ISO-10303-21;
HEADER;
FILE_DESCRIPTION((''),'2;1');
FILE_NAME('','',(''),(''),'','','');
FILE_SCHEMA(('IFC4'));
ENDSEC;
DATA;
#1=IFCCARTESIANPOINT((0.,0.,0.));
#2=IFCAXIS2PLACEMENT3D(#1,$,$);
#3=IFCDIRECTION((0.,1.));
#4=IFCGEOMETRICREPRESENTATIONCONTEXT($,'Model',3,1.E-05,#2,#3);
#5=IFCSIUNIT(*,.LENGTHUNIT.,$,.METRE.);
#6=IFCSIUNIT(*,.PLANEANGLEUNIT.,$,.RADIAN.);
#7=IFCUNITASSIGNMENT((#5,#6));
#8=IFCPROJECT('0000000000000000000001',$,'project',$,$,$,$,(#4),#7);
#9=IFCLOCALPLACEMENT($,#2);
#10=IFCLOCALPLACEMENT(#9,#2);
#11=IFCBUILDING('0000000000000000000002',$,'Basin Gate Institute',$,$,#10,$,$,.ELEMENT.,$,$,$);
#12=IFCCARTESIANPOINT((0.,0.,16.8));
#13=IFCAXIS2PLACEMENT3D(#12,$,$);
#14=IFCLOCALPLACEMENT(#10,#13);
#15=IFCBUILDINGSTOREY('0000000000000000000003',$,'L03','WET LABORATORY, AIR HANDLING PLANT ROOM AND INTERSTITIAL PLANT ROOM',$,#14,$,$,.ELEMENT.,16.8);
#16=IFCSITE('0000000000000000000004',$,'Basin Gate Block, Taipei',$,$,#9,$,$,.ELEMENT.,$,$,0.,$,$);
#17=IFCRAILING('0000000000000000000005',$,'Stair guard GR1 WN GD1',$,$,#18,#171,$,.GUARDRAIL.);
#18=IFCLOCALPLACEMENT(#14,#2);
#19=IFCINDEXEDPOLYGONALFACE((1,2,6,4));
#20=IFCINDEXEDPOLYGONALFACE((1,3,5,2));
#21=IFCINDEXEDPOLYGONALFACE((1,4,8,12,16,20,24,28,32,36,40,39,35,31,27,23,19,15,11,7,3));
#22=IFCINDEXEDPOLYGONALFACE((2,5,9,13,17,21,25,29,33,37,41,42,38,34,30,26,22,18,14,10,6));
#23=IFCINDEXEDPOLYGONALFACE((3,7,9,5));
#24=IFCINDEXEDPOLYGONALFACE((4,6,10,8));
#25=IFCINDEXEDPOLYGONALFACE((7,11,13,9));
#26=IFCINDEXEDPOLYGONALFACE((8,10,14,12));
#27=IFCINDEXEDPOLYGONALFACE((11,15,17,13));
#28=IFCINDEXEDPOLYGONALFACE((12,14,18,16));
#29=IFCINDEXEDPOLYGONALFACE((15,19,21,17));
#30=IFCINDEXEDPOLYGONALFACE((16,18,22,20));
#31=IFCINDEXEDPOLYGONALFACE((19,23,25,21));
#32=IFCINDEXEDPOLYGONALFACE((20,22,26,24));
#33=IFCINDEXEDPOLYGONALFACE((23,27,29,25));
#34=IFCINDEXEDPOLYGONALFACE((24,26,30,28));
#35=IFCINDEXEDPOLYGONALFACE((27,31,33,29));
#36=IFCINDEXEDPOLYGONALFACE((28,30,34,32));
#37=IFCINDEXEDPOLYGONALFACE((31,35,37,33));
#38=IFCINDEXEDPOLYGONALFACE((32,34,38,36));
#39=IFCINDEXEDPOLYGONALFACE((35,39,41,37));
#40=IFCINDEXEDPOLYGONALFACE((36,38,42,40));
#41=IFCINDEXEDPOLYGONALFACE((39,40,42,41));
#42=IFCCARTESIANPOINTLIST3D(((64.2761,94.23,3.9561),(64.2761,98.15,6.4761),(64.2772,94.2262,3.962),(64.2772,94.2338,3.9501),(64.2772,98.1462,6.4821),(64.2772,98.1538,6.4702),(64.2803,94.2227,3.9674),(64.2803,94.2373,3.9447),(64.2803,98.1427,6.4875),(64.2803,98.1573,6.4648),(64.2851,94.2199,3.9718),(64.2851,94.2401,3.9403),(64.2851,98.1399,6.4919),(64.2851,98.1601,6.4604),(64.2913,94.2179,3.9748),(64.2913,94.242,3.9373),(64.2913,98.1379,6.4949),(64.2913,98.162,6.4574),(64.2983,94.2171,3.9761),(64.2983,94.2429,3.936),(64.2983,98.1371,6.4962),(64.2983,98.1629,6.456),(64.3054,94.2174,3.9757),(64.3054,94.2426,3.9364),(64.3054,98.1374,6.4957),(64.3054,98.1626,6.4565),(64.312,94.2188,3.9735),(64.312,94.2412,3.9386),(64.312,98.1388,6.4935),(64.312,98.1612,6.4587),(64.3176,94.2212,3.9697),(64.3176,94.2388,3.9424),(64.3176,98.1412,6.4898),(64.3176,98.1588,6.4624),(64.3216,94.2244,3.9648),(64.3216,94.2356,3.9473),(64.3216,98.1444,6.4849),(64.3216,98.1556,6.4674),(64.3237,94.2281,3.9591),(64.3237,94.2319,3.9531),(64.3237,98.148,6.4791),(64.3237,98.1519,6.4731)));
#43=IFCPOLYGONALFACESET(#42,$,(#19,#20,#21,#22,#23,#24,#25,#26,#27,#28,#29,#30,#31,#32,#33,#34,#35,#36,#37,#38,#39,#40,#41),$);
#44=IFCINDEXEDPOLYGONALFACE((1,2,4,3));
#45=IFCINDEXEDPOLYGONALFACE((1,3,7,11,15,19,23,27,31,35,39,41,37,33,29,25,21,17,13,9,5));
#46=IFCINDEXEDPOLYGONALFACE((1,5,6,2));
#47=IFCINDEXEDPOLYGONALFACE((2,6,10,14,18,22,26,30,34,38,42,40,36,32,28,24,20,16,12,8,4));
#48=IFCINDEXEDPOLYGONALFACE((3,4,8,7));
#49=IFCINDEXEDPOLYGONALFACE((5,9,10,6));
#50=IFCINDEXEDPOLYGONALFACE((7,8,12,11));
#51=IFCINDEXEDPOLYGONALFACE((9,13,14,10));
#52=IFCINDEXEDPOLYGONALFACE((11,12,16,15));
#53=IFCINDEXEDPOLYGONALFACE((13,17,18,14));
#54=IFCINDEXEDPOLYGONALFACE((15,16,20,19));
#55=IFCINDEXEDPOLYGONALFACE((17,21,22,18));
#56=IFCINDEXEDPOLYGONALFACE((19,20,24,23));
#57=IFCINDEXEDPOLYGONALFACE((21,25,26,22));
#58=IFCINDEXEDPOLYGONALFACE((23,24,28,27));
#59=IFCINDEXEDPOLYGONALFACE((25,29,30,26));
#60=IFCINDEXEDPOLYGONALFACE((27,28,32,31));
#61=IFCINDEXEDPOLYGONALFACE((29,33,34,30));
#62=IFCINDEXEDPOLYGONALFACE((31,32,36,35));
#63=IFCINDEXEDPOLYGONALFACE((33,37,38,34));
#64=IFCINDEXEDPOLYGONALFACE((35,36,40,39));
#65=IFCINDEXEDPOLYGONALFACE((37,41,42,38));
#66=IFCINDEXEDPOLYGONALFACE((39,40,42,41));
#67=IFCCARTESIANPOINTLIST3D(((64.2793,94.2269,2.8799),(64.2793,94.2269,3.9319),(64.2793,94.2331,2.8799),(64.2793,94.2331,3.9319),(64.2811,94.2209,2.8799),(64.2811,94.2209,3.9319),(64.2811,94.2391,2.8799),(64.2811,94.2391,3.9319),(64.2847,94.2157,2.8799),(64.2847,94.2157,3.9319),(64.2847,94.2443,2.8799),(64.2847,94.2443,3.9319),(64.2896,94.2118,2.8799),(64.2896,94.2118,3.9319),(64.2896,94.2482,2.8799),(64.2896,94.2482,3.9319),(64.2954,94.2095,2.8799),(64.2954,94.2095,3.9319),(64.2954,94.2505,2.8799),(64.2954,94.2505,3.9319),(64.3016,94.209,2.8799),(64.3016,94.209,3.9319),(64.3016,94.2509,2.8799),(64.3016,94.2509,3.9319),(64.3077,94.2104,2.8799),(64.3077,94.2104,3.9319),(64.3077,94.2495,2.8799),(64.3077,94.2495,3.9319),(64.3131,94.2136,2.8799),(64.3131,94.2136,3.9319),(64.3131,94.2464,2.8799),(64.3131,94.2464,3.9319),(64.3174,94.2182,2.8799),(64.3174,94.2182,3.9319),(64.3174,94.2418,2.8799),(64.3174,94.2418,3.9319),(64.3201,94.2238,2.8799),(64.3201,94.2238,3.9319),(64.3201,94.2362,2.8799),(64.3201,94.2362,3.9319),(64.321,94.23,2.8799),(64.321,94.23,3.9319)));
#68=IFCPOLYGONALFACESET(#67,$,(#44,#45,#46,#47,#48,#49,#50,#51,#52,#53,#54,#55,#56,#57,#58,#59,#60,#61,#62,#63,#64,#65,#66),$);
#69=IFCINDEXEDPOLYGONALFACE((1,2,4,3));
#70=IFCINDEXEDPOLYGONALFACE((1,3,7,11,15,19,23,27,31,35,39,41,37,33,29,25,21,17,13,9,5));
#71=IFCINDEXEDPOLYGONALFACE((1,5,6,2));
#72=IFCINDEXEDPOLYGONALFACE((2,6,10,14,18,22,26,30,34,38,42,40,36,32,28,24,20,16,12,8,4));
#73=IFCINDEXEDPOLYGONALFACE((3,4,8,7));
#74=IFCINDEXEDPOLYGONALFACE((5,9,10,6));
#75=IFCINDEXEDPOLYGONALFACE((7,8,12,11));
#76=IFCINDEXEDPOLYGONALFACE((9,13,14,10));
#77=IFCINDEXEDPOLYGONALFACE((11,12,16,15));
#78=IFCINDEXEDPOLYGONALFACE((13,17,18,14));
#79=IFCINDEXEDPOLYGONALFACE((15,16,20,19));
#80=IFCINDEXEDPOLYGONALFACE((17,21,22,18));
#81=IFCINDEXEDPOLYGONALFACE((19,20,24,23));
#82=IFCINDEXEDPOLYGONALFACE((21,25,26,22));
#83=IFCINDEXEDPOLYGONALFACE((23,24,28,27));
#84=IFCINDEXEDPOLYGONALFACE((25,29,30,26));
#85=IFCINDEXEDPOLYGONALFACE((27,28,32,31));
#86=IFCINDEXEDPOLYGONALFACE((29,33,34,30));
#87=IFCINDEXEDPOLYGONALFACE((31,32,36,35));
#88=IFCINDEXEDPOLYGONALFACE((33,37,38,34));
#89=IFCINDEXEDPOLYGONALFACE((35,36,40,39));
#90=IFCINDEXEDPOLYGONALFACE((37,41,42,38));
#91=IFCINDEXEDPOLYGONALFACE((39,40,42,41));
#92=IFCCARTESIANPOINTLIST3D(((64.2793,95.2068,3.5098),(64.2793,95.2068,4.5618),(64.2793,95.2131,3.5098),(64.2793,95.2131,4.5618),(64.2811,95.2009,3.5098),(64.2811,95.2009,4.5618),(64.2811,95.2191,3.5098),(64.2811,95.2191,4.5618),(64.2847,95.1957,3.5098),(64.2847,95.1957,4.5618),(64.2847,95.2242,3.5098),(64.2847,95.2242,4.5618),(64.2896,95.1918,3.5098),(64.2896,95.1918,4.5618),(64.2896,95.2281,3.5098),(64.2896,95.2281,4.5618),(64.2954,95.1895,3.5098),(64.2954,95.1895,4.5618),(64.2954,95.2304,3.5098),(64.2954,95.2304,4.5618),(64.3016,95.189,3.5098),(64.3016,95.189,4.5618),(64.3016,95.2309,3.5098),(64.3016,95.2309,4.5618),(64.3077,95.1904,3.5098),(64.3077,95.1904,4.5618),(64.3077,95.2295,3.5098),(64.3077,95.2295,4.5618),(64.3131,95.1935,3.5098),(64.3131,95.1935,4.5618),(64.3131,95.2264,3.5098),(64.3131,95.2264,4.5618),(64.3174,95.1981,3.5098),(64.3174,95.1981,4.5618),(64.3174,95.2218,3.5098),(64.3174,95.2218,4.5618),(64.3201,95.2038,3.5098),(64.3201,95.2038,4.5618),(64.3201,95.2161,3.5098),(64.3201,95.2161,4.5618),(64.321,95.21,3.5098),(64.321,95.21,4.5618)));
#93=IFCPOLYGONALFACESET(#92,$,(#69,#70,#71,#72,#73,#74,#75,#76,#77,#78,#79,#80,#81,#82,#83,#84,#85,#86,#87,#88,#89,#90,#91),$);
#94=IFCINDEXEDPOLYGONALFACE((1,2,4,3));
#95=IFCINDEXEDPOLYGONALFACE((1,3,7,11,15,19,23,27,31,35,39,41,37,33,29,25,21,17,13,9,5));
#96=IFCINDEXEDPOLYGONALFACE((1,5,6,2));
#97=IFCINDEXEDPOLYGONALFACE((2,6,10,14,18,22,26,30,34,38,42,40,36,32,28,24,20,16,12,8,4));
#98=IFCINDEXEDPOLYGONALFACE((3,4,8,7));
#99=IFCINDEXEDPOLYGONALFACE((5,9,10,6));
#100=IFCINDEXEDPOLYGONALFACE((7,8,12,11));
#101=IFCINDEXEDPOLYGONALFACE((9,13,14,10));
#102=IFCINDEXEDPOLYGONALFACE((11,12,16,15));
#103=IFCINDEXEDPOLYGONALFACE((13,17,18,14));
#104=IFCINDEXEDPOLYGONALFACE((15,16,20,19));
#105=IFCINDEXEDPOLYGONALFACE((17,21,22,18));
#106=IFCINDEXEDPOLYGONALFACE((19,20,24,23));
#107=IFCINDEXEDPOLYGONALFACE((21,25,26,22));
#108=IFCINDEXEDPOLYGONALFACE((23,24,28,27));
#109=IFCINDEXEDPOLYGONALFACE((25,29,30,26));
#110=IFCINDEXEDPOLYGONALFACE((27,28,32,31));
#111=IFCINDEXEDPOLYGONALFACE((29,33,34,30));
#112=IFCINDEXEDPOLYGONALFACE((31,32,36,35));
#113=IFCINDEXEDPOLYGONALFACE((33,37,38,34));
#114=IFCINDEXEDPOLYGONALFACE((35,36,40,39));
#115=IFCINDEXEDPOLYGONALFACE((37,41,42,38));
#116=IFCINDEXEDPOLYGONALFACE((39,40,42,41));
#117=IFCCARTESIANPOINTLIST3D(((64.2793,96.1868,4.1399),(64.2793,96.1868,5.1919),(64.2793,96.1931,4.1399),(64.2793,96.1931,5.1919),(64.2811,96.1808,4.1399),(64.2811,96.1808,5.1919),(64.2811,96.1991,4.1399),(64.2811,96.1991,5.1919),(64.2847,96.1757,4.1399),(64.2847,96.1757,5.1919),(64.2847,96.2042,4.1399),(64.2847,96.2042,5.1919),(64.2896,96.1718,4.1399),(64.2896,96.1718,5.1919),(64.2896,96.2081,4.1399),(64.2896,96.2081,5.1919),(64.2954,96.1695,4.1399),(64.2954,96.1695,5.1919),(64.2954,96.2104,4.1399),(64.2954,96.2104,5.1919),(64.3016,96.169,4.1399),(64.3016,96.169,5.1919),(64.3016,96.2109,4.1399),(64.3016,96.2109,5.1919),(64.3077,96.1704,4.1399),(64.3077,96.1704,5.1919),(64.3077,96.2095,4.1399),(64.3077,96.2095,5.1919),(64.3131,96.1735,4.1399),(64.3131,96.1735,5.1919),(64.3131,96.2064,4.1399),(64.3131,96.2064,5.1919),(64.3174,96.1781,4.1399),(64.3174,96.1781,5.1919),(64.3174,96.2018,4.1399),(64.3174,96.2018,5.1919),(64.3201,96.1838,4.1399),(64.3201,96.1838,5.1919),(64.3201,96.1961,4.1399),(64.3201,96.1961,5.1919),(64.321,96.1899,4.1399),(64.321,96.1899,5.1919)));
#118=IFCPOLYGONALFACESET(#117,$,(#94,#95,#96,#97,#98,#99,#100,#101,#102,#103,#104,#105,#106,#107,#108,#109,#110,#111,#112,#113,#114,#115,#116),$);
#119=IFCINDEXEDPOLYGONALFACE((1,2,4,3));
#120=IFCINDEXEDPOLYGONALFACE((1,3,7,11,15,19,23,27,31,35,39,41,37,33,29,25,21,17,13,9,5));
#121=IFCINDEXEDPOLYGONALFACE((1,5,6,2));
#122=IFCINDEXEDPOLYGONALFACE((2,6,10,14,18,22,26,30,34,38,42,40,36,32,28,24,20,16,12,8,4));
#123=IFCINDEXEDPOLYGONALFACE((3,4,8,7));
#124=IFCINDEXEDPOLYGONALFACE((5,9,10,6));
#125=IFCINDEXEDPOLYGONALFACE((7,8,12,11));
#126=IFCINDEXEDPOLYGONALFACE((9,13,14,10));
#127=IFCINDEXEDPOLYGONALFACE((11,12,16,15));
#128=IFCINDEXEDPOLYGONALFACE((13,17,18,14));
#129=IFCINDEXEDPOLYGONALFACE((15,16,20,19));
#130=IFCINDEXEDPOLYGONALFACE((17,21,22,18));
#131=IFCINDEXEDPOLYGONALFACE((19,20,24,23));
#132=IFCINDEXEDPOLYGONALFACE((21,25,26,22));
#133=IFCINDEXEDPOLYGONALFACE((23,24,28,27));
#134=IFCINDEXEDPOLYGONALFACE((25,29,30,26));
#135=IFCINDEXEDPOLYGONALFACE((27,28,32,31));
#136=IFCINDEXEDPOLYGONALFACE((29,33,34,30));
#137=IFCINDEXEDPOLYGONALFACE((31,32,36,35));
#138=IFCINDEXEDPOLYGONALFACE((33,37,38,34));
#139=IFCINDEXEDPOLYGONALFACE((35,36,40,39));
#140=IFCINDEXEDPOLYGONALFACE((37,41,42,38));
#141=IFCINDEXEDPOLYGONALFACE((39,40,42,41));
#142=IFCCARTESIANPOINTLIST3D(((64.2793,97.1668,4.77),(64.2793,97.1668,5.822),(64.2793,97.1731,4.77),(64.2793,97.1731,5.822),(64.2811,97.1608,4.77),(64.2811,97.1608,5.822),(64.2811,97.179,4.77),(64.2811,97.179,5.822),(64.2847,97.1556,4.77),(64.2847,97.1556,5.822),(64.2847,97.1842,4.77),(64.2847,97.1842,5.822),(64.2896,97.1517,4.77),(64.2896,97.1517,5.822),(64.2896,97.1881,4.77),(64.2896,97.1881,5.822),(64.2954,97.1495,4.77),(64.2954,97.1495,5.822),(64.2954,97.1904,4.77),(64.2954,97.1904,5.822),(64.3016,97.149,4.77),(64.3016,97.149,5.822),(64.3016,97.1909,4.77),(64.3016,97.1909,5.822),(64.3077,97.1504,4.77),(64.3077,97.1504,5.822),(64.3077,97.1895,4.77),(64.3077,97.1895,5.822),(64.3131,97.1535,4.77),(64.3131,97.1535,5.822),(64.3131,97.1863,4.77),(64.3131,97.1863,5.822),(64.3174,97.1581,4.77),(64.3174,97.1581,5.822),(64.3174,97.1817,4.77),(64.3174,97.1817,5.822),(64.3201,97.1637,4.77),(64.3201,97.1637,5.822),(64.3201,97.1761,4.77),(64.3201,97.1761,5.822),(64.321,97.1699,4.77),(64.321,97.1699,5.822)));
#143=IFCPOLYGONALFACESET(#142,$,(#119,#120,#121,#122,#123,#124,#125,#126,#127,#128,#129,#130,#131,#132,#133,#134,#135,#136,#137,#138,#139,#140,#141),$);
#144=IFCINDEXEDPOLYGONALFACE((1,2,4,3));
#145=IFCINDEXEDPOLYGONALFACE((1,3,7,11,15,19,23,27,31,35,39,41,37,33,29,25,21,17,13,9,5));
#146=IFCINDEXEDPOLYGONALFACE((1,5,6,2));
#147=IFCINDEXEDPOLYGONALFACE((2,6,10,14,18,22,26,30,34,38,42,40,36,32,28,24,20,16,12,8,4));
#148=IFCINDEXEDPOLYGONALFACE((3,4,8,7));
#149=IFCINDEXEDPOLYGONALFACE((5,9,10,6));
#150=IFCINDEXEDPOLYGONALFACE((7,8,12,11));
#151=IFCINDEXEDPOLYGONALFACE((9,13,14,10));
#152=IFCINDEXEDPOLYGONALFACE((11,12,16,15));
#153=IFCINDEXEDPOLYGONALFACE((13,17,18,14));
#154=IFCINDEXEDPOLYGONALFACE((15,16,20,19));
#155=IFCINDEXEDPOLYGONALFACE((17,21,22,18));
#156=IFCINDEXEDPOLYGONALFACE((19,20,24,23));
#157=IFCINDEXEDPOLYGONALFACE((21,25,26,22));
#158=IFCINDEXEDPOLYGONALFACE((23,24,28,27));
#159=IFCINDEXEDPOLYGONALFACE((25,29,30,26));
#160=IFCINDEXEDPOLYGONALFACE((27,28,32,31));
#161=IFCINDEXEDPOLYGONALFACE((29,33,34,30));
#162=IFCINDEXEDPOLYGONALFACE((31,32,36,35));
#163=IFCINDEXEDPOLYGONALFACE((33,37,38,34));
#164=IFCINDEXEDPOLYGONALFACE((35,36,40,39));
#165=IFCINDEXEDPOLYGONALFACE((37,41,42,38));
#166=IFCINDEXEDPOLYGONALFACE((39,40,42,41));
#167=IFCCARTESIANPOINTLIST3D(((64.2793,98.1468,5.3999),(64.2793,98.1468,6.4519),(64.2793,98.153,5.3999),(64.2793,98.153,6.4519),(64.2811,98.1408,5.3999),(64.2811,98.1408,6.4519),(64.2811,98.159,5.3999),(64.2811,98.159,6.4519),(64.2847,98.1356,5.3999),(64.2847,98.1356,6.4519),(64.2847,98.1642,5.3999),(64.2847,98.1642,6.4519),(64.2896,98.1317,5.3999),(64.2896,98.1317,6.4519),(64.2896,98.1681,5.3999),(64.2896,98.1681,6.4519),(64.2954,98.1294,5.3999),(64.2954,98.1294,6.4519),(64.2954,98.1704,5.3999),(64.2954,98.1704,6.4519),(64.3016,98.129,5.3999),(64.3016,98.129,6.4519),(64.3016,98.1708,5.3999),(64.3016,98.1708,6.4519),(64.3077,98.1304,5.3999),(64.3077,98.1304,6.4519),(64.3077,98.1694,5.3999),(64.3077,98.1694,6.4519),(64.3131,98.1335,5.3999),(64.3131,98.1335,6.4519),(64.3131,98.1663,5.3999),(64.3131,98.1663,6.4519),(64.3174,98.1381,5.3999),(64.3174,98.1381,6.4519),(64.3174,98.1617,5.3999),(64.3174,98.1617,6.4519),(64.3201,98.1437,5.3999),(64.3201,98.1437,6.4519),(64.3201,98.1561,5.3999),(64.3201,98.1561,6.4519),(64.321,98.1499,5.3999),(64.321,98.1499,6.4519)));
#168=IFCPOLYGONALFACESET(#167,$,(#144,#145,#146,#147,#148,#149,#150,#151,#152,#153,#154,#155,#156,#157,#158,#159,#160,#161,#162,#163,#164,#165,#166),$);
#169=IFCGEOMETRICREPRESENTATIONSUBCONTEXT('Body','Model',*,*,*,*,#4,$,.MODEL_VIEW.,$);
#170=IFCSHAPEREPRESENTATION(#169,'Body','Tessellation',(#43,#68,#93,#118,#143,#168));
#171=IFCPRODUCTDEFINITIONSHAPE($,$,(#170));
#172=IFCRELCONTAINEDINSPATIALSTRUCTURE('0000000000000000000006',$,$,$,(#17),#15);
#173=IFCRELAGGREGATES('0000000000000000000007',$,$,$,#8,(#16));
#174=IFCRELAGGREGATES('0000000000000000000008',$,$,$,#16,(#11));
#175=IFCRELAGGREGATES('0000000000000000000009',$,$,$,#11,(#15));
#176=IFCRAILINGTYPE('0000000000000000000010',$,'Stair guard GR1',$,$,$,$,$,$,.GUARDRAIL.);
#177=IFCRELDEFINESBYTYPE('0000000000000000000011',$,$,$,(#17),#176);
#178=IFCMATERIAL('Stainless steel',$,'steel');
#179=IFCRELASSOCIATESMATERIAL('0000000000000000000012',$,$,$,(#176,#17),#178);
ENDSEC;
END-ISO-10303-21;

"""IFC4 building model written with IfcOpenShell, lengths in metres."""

from ifc_helpers import new_model, si_unit, direction, frame, origin, origin_2d, place, context, subcontext, project, spatial, circle, extrude, material, type_object, element, save


model = new_model("IFC4")

# Units and contexts
model_context = context("Model", 3, precision=1e-05, world=origin(), true_north=direction((0.0, 1.0)))
body_context = subcontext(model_context, "Body", "Model", "MODEL_VIEW")
ifc_project = project(units=[si_unit("LENGTHUNIT", "METRE"), si_unit("PLANEANGLEUNIT", "RADIAN")], contexts=[model_context])

# Site, building, storey
site_placement = place(None, origin())
site = spatial("IfcSite", under=ifc_project, at=site_placement, Name="Basin Gate Block, Taipei", CompositionType="ELEMENT", RefElevation=0.0)
building_placement = place(site_placement, origin())
building = spatial("IfcBuilding", under=site, at=building_placement, Name="Basin Gate Institute", CompositionType="ELEMENT")
storey_placement = place(building_placement, frame((0.0, 0.0, 16.8)))
storey = spatial("IfcBuildingStorey", under=building, at=storey_placement, Name="L03", Description="WET LABORATORY, AIR HANDLING PLANT ROOM AND INTERSTITIAL PLANT ROOM", CompositionType="ELEMENT", Elevation=16.8)

# Railing
ifc_material_1 = material(Name="Stainless steel", Category="steel")
railing_type_1 = type_object("IfcRailingType", Name="Stair guard GR1", PredefinedType="GUARDRAIL", material=ifc_material_1)
railing_1_placement = place(storey_placement, frame((64.3, 94.23, 2.8799)))
element("IfcRailing", 1, at=railing_1_placement, inside=storey, type_object=railing_type_1, material=ifc_material_1, Name="Stair guard GR1 WN GD1", PredefinedType="GUARDRAIL", context=body_context, shape_type="SweptSolid", body=[
    extrude(circle(Radius=0.0239, at=origin_2d()), frame((0.0, 0.0, 1.0762), z_axis=(0.0, 0.841172, 0.540768), x_axis=(-1.0, 0.0, 0.0)), (0.0, 0.0, 1.0), 4.6602),
    extrude(circle(Radius=0.021, at=origin_2d()), origin(), (0.0, 0.0, 1.0), 1.052),
    extrude(circle(Radius=0.021, at=origin_2d()), frame((0.0, 0.98, 0.6299)), (0.0, 0.0, 1.0), 1.052),
    extrude(circle(Radius=0.021, at=origin_2d()), frame((0.0, 1.96, 1.26)), (0.0, 0.0, 1.0), 1.052),
    extrude(circle(Radius=0.021, at=origin_2d()), frame((0.0, 2.9399, 1.8901)), (0.0, 0.0, 1.0), 1.052),
    extrude(circle(Radius=0.021, at=origin_2d()), frame((0.0, 3.9199, 2.52)), (0.0, 0.0, 1.0), 1.052),
])

save(model, "model.ifc")
